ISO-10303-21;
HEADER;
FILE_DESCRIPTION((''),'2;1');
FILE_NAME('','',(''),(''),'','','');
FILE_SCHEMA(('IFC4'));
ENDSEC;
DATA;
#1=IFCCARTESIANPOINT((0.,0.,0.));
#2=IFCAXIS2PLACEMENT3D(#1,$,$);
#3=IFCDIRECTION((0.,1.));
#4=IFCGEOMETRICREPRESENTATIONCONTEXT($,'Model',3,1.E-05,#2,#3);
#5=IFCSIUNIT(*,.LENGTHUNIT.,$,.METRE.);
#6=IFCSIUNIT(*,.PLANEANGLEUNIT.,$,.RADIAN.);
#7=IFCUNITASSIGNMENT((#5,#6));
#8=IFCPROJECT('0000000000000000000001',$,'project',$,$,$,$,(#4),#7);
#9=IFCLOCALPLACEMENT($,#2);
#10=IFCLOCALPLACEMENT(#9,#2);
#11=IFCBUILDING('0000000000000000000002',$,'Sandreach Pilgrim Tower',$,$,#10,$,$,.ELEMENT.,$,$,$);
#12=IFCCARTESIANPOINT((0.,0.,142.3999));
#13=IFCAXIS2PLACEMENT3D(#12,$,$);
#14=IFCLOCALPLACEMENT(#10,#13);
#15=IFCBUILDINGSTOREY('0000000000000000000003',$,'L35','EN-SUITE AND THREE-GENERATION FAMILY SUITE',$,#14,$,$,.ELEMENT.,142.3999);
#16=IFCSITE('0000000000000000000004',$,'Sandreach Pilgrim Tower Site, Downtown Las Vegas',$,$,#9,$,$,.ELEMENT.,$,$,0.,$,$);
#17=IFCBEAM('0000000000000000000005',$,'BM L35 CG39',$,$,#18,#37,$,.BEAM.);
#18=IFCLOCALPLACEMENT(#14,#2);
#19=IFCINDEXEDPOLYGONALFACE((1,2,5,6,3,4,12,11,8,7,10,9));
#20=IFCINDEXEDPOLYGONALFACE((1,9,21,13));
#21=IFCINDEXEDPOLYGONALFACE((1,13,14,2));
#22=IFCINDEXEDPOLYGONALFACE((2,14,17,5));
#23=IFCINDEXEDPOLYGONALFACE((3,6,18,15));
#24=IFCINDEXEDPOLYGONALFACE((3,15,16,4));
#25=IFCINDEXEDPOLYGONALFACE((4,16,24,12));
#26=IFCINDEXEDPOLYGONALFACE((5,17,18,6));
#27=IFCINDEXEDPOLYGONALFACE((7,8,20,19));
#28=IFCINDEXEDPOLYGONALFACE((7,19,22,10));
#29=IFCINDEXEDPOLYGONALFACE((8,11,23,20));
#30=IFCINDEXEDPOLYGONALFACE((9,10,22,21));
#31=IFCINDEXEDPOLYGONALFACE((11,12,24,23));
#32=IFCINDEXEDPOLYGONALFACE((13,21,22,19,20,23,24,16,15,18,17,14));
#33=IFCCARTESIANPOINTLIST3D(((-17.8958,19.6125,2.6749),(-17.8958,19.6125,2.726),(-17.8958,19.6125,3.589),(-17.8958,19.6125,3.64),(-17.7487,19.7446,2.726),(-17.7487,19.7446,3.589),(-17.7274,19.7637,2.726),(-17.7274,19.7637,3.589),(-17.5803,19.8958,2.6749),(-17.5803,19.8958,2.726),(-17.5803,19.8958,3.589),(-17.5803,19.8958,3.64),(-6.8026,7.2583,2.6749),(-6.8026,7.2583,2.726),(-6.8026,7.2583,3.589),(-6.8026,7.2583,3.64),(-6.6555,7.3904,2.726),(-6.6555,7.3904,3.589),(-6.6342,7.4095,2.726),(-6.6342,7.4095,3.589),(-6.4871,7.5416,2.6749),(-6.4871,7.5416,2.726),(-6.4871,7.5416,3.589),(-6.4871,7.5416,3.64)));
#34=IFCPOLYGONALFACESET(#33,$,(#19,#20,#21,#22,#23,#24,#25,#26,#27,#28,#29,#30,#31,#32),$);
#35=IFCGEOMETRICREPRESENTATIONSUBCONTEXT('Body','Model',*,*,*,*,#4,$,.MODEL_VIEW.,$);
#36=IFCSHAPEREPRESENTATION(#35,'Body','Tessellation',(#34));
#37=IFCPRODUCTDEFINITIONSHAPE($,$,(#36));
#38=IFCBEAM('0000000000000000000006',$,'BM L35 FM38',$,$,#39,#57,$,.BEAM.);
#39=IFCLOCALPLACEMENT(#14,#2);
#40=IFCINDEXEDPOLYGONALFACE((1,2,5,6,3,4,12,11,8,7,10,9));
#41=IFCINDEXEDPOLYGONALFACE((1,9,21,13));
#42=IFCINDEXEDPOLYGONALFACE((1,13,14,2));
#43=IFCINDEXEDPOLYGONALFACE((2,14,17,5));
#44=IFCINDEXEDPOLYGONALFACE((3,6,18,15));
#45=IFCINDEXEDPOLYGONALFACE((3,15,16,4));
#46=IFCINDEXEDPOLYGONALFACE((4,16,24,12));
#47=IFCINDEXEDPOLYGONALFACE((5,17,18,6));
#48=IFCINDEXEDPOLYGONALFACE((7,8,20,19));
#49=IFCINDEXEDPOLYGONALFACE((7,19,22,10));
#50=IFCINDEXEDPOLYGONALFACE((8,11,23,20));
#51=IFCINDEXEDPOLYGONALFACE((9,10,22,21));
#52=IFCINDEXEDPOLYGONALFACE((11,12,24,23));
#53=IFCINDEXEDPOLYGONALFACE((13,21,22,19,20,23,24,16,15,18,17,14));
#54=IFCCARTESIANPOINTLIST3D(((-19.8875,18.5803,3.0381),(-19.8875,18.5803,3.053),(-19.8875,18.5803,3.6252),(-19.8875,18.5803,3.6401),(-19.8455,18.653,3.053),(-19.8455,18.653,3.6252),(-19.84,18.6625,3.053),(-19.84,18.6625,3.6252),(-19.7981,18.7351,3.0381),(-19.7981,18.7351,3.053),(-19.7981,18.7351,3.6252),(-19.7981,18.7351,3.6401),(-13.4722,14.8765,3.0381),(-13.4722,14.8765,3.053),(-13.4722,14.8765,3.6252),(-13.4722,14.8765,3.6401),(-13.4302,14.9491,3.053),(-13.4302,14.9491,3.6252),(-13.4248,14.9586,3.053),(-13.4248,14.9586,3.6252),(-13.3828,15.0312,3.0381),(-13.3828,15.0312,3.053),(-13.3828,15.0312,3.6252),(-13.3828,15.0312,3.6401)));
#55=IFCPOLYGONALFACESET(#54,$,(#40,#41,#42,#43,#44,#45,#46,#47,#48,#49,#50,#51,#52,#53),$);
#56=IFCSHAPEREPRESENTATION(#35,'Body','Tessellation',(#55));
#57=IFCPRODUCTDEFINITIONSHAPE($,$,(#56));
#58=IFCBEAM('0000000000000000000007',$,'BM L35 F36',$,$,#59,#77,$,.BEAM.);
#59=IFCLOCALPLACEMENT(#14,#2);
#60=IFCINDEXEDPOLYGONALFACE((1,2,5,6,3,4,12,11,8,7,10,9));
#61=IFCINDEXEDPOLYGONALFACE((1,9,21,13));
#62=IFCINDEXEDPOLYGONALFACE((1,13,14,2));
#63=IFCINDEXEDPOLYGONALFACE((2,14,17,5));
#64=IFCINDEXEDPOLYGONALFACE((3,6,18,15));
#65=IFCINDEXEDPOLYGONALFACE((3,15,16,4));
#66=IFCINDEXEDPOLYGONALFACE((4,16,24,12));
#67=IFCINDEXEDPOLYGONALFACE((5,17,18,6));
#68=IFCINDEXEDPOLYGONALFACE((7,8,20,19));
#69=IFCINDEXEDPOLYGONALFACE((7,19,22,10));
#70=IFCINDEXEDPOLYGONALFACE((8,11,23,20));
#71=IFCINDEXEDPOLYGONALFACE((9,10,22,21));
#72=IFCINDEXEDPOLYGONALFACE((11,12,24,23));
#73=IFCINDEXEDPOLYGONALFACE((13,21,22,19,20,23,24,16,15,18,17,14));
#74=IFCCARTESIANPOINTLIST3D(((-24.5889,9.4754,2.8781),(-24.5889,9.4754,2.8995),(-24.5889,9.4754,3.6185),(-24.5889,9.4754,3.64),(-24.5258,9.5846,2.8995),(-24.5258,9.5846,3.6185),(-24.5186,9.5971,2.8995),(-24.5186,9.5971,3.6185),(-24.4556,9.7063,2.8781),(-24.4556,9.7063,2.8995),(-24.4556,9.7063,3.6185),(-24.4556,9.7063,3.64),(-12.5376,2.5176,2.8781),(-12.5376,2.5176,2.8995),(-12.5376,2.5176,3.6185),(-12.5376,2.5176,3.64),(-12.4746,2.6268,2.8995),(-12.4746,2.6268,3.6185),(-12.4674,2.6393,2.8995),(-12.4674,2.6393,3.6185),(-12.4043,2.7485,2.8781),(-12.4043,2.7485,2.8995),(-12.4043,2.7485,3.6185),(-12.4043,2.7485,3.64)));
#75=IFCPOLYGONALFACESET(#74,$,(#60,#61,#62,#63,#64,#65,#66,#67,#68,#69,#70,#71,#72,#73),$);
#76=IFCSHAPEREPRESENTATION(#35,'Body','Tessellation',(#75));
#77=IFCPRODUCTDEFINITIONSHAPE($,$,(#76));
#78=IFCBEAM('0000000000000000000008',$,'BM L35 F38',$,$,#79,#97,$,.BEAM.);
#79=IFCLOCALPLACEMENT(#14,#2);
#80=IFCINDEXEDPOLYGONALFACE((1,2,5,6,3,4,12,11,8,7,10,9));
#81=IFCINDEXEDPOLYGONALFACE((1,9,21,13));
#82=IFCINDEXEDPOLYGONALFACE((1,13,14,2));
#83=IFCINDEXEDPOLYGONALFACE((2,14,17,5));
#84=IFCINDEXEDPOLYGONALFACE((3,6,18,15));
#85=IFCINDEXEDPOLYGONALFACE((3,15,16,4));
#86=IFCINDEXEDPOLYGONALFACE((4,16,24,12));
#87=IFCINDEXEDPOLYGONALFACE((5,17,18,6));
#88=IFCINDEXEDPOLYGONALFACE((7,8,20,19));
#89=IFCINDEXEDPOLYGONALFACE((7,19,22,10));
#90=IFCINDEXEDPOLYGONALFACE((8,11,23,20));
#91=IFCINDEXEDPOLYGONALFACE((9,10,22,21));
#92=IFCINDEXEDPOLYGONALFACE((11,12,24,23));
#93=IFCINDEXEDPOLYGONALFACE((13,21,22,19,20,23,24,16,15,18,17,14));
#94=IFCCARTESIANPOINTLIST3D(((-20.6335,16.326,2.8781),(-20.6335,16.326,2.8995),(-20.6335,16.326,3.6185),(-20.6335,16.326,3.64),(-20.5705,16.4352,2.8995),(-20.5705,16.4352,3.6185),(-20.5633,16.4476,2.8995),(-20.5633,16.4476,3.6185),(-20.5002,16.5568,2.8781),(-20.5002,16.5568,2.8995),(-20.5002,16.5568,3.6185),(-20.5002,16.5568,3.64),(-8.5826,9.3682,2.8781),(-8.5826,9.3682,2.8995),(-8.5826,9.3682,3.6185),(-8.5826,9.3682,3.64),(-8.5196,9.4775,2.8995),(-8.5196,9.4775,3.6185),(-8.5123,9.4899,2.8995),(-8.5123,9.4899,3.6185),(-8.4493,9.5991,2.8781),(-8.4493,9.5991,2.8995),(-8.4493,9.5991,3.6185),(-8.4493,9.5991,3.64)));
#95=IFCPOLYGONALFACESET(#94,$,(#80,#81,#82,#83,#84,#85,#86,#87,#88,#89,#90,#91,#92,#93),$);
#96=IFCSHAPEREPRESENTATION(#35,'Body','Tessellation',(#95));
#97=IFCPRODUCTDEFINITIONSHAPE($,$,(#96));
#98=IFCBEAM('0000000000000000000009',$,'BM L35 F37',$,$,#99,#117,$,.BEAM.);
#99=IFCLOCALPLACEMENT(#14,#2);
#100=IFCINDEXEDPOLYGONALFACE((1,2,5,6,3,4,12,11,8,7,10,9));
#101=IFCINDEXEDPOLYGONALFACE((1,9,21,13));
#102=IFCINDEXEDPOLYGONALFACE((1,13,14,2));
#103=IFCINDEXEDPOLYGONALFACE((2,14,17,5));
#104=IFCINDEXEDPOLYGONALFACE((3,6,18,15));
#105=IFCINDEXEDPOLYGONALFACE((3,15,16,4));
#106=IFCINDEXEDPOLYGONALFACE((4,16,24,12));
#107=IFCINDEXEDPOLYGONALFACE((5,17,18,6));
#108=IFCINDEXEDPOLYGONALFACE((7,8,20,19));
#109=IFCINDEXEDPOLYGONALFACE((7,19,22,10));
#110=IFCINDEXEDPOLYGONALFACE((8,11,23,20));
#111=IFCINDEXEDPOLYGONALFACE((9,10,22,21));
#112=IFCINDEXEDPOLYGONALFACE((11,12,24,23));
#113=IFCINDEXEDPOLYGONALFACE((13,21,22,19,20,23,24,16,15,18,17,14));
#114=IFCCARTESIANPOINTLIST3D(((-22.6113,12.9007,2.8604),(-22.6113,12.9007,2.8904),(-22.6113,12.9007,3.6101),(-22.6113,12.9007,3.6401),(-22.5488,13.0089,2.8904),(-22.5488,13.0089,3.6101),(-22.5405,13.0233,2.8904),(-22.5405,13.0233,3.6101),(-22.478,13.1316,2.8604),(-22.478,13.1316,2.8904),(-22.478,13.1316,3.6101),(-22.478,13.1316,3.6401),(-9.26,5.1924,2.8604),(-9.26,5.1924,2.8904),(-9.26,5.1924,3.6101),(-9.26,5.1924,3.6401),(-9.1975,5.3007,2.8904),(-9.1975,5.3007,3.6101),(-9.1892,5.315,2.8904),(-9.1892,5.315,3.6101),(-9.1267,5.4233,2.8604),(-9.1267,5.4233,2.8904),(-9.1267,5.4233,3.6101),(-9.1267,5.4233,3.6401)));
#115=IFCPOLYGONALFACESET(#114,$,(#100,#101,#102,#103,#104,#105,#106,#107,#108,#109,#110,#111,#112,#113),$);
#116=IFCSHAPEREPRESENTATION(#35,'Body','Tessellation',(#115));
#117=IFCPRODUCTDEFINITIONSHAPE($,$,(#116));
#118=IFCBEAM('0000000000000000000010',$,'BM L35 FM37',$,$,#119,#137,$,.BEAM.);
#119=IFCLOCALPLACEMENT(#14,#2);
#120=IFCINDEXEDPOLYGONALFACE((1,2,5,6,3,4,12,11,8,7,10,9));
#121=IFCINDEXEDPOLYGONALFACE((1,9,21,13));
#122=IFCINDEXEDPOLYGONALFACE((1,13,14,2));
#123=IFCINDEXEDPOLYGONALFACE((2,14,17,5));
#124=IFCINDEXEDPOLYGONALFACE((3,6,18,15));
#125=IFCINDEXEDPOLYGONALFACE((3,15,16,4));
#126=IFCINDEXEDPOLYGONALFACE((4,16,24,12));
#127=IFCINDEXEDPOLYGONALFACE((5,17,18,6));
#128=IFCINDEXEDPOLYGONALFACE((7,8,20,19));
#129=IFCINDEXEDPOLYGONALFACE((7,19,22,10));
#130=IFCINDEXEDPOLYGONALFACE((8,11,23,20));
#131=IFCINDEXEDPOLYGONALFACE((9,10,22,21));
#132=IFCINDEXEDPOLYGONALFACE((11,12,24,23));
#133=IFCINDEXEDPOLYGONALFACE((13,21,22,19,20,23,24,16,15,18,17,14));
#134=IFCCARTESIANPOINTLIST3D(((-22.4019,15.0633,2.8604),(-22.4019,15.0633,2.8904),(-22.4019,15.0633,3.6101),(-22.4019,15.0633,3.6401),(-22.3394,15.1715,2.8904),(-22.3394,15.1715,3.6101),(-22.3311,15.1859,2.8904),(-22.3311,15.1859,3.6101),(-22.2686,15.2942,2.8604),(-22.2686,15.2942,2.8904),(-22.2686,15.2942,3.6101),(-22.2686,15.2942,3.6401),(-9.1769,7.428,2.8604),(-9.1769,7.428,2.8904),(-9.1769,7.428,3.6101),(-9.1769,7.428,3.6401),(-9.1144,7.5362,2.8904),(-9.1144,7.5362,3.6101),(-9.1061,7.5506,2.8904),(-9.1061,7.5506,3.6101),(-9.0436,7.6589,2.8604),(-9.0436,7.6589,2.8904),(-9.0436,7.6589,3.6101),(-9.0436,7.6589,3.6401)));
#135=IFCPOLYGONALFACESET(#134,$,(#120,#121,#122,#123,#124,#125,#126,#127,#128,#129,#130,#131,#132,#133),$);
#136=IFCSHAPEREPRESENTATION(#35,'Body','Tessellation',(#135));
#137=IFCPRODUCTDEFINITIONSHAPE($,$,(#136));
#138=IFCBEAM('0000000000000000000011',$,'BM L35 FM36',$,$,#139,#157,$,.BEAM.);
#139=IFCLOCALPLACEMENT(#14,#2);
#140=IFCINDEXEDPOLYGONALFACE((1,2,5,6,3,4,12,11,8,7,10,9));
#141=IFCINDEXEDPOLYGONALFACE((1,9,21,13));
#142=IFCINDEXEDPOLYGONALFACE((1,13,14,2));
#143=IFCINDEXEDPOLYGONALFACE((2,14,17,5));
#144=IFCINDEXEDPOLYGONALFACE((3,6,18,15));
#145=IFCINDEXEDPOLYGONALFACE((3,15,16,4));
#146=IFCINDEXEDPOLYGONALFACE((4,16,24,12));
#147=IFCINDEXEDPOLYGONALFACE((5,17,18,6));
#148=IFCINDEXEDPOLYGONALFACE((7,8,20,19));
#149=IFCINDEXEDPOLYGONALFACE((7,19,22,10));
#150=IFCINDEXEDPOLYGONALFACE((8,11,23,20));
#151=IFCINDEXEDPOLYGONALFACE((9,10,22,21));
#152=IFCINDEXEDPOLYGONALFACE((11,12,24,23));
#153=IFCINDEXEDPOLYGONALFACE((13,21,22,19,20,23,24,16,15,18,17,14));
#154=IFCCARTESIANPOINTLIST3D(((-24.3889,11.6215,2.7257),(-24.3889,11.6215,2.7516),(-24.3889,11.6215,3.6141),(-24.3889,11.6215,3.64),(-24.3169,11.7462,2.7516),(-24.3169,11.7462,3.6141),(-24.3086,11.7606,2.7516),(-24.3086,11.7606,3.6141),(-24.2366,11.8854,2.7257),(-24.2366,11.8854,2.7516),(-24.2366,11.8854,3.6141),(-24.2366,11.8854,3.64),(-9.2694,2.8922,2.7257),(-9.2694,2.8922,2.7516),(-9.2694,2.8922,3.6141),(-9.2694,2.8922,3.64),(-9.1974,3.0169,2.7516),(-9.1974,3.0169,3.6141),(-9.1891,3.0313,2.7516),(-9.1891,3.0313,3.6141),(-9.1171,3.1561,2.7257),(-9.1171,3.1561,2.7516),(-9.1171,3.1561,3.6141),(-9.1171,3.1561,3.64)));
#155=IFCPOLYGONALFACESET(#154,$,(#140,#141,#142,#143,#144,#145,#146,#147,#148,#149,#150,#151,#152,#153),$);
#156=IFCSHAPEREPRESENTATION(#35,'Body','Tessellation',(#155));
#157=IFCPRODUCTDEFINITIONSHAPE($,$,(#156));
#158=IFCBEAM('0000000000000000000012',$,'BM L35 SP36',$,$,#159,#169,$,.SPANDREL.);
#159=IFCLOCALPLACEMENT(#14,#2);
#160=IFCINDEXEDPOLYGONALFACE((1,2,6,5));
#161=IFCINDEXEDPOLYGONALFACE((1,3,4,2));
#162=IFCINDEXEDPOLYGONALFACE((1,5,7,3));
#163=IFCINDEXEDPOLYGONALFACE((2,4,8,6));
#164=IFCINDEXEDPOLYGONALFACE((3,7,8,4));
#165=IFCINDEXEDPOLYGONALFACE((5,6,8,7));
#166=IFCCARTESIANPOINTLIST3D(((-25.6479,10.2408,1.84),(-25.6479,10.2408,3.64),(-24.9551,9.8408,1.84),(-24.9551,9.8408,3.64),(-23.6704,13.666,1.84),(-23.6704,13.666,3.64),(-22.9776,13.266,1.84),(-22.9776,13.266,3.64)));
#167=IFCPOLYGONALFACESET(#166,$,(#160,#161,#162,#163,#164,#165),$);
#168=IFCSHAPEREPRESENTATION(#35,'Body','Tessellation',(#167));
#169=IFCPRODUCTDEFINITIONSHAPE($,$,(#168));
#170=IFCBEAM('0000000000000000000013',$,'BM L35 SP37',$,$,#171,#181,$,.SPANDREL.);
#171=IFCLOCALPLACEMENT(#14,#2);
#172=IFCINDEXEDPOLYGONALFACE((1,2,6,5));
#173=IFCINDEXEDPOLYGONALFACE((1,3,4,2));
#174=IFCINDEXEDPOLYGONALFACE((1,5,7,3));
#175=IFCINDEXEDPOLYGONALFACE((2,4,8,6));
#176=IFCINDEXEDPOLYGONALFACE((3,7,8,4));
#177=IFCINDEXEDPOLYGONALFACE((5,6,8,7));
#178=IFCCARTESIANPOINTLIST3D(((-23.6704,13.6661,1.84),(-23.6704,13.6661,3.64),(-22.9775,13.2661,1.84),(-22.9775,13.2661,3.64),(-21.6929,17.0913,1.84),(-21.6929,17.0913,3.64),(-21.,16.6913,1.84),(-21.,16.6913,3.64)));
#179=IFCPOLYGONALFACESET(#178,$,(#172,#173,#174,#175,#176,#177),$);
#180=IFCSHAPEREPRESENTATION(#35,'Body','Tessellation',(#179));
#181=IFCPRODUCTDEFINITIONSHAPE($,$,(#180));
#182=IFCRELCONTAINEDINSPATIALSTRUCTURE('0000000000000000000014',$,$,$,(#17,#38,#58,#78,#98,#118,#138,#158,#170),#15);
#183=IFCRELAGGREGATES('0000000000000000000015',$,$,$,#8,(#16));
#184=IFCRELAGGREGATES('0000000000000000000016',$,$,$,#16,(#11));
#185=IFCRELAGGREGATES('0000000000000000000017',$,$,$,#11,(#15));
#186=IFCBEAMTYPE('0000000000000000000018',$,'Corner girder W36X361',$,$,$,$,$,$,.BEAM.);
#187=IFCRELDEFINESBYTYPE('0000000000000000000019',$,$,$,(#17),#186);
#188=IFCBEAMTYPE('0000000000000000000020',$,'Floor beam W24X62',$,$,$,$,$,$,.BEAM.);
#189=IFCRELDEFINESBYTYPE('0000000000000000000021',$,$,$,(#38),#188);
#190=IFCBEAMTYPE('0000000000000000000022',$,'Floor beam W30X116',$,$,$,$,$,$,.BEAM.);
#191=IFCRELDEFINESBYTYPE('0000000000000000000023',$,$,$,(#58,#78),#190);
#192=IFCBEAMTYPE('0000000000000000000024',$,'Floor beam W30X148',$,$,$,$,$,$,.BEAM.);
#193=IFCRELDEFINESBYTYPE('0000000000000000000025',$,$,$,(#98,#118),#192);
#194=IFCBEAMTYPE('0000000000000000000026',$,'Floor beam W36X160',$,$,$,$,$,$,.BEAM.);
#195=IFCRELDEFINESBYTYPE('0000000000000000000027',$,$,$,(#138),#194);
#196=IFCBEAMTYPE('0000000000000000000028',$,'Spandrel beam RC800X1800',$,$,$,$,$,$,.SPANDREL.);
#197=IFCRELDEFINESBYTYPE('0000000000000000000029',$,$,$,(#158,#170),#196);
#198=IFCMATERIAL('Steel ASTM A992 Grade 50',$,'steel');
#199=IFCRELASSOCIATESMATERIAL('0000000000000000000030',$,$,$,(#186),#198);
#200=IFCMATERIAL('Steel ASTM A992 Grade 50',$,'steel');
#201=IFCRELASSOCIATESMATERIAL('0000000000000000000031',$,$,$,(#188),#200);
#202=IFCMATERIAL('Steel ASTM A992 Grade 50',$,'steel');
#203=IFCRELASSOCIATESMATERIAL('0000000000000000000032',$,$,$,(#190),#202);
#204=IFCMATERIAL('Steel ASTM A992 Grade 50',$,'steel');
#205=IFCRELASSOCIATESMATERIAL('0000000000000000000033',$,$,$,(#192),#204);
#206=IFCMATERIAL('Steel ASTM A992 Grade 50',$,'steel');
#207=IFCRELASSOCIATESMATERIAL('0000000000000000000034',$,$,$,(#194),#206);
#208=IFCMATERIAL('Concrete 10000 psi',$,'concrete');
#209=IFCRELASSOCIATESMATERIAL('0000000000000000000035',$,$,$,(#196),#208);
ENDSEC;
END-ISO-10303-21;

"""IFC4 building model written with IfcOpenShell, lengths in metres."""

from ifc_helpers import new_model, si_unit, direction, frame, origin, origin_2d, place, context, subcontext, project, spatial, rectangle, i_section, extrude, material, material_profile, profile_set, type_object, element, save


model = new_model("IFC4")

# Units and contexts
model_context = context("Model", 3, precision=1e-05, world=origin(), true_north=direction((0.0, 1.0)))
body_context = subcontext(model_context, "Body", "Model", "MODEL_VIEW")
ifc_project = project(units=[si_unit("LENGTHUNIT", "METRE"), si_unit("PLANEANGLEUNIT", "RADIAN")], contexts=[model_context])

# Site, building, storey
site_placement = place(None, origin())
site = spatial("IfcSite", under=ifc_project, at=site_placement, Name="Sandreach Pilgrim Tower Site, Downtown Las Vegas", CompositionType="ELEMENT", RefElevation=0.0)
building_placement = place(site_placement, origin())
building = spatial("IfcBuilding", under=site, at=building_placement, Name="Sandreach Pilgrim Tower", CompositionType="ELEMENT")
storey_placement = place(building_placement, frame((0.0, 0.0, 142.3999)))
storey = spatial("IfcBuildingStorey", under=building, at=storey_placement, Name="L35", Description="EN-SUITE AND THREE-GENERATION FAMILY SUITE", CompositionType="ELEMENT", Elevation=142.3999)

# Beams
ifc_material_1 = material(Name="Steel ASTM A992 Grade 50", Category="steel")
ifc_material_profile_1 = material_profile(ifc_material_1, i_section(OverallWidth=0.4241, OverallDepth=0.9651, WebThickness=0.0286, FlangeThickness=0.051, at=origin_2d()), Name="W36X361")
ifc_profile_set_1 = profile_set([ifc_material_profile_1], Name="Steel ASTM A992 Grade 50")
beam_type_1 = type_object("IfcBeamType", Name="Corner girder W36X361", PredefinedType="BEAM", material=ifc_profile_set_1)
beam_1_placement = place(storey_placement, frame((-17.738, 19.7542, 3.1575), z_axis=(0.668114, -0.744059, 0.0), x_axis=(0.744059, 0.668114, 0.0)))
element("IfcBeam", 1, at=beam_1_placement, inside=storey, type_object=beam_type_1, Name="BM L35 CG39", PredefinedType="BEAM", context=body_context, shape_type="SweptSolid", body=[
    extrude(i_section(OverallWidth=0.4241, OverallDepth=0.9651, WebThickness=0.0286, FlangeThickness=0.051, at=origin_2d()), origin(), (0.0, 0.0, 1.0), 16.6038),
])
ifc_material_2 = material(Name="Steel ASTM A992 Grade 50", Category="steel")
ifc_material_profile_2 = material_profile(ifc_material_2, i_section(OverallWidth=0.1787, OverallDepth=0.6021, WebThickness=0.011, FlangeThickness=0.0149, at=origin_2d()), Name="W24X62")
ifc_profile_set_2 = profile_set([ifc_material_profile_2], Name="Steel ASTM A992 Grade 50")
beam_type_2 = type_object("IfcBeamType", Name="Floor beam W24X62", PredefinedType="BEAM", material=ifc_profile_set_2)
beam_2_placement = place(storey_placement, frame((-19.8428, 18.6577, 3.3391), z_axis=(0.866026, -0.499999, 0.0), x_axis=(0.499999, 0.866026, 0.0)))
element("IfcBeam", 2, at=beam_2_placement, inside=storey, type_object=beam_type_2, Name="BM L35 FM38", PredefinedType="BEAM", context=body_context, shape_type="SweptSolid", body=[
    extrude(i_section(OverallWidth=0.1787, OverallDepth=0.6021, WebThickness=0.011, FlangeThickness=0.0149, at=origin_2d()), origin(), (0.0, 0.0, 1.0), 7.4077),
])
ifc_material_3 = material(Name="Steel ASTM A992 Grade 50", Category="steel")
ifc_material_profile_3 = material_profile(ifc_material_3, i_section(OverallWidth=0.2666, OverallDepth=0.762, WebThickness=0.0144, FlangeThickness=0.0215, at=origin_2d()), Name="W30X116")
ifc_profile_set_3 = profile_set([ifc_material_profile_3], Name="Steel ASTM A992 Grade 50")
beam_type_3 = type_object("IfcBeamType", Name="Floor beam W30X116", PredefinedType="BEAM", material=ifc_profile_set_3)
beam_3_placement = place(storey_placement, frame((-24.5222, 9.5908, 3.259), z_axis=(0.866027, -0.499998, 0.0), x_axis=(0.499998, 0.866027, 0.0)))
element("IfcBeam", 3, at=beam_3_placement, inside=storey, type_object=beam_type_3, Name="BM L35 F36", PredefinedType="BEAM", context=body_context, shape_type="SweptSolid", body=[
    extrude(i_section(OverallWidth=0.2666, OverallDepth=0.762, WebThickness=0.0144, FlangeThickness=0.0215, at=origin_2d()), origin(), (0.0, 0.0, 1.0), 13.9155),
])
beam_4_placement = place(storey_placement, frame((-20.5669, 16.4414, 3.259), z_axis=(0.866022, -0.500005, 0.0), x_axis=(0.500005, 0.866022, 0.0)))
element("IfcBeam", 4, at=beam_4_placement, inside=storey, type_object=beam_type_3, Name="BM L35 F38", PredefinedType="BEAM", context=body_context, shape_type="SweptSolid", body=[
    extrude(i_section(OverallWidth=0.2666, OverallDepth=0.762, WebThickness=0.0144, FlangeThickness=0.0215, at=origin_2d()), origin(), (0.0, 0.0, 1.0), 13.9153),
])
ifc_material_4 = material(Name="Steel ASTM A992 Grade 50", Category="steel")
ifc_material_profile_4 = material_profile(ifc_material_4, i_section(OverallWidth=0.2666, OverallDepth=0.7798, WebThickness=0.0166, FlangeThickness=0.03, at=origin_2d()), Name="W30X148")
ifc_profile_set_4 = profile_set([ifc_material_profile_4], Name="Steel ASTM A992 Grade 50")
beam_type_4 = type_object("IfcBeamType", Name="Floor beam W30X148", PredefinedType="BEAM", material=ifc_profile_set_4)
beam_5_placement = place(storey_placement, frame((-22.5447, 13.0161, 3.2502), z_axis=(0.866029, -0.499993, 0.0), x_axis=(0.499993, 0.866029, 0.0)))
element("IfcBeam", 5, at=beam_5_placement, inside=storey, type_object=beam_type_4, Name="BM L35 F37", PredefinedType="BEAM", context=body_context, shape_type="SweptSolid", body=[
    extrude(i_section(OverallWidth=0.2666, OverallDepth=0.7798, WebThickness=0.0166, FlangeThickness=0.03, at=origin_2d()), origin(), (0.0, 0.0, 1.0), 15.4167),
])
beam_6_placement = place(storey_placement, frame((-22.3352, 15.1787, 3.2502), z_axis=(0.866029, -0.499994, 0.0), x_axis=(0.499994, 0.866029, 0.0)))
element("IfcBeam", 6, at=beam_6_placement, inside=storey, type_object=beam_type_4, Name="BM L35 FM37", PredefinedType="BEAM", context=body_context, shape_type="SweptSolid", body=[
    extrude(i_section(OverallWidth=0.2666, OverallDepth=0.7798, WebThickness=0.0166, FlangeThickness=0.03, at=origin_2d()), origin(), (0.0, 0.0, 1.0), 15.2708),
])
ifc_material_5 = material(Name="Steel ASTM A992 Grade 50", Category="steel")
ifc_material_profile_5 = material_profile(ifc_material_5, i_section(OverallWidth=0.3047, OverallDepth=0.9143, WebThickness=0.0166, FlangeThickness=0.0259, at=origin_2d()), Name="W36X160")
ifc_profile_set_5 = profile_set([ifc_material_profile_5], Name="Steel ASTM A992 Grade 50")
beam_type_5 = type_object("IfcBeamType", Name="Floor beam W36X160", PredefinedType="BEAM", material=ifc_profile_set_5)
beam_7_placement = place(storey_placement, frame((-24.3127, 11.7534, 3.1829), z_axis=(0.866024, -0.500003, 0.0), x_axis=(0.500003, 0.866024, 0.0)))
element("IfcBeam", 7, at=beam_7_placement, inside=storey, type_object=beam_type_5, Name="BM L35 FM36", PredefinedType="BEAM", context=body_context, shape_type="SweptSolid", body=[
    extrude(i_section(OverallWidth=0.3047, OverallDepth=0.9143, WebThickness=0.0166, FlangeThickness=0.0259, at=origin_2d()), origin(), (0.0, 0.0, 1.0), 17.4585),
])
ifc_material_6 = material(Name="Concrete 10000 psi", Category="concrete")
ifc_material_profile_6 = material_profile(ifc_material_6, rectangle(XDim=0.8, YDim=1.8, at=origin_2d()), Name="RC800X1800")
ifc_profile_set_6 = profile_set([ifc_material_profile_6], Name="Concrete 10000 psi")
beam_type_6 = type_object("IfcBeamType", Name="Spandrel beam RC800X1800", PredefinedType="SPANDREL", material=ifc_profile_set_6)
for number, where, z_axis, x_axis, name in (
    (8, (-25.3015, 10.0408, 2.74), (0.49999, 0.866031, 0.0), (-0.866031, 0.49999, 0.0), "BM L35 SP36"),
    (9, (-23.324, 13.4661, 2.74), (0.49999, 0.866031, 0.0), (-0.866031, 0.49999, 0.0), "BM L35 SP37"),
):
    element("IfcBeam", number, at=place(storey_placement, frame(where, z_axis=z_axis, x_axis=x_axis)), inside=storey, type_object=beam_type_6, Name=name, PredefinedType="SPANDREL", context=body_context, shape_type="SweptSolid", body=[
        extrude(rectangle(XDim=0.8, YDim=1.8, at=origin_2d()), origin(), (0.0, 0.0, 1.0), 3.9551),
    ])

save(model, "model.ifc")
